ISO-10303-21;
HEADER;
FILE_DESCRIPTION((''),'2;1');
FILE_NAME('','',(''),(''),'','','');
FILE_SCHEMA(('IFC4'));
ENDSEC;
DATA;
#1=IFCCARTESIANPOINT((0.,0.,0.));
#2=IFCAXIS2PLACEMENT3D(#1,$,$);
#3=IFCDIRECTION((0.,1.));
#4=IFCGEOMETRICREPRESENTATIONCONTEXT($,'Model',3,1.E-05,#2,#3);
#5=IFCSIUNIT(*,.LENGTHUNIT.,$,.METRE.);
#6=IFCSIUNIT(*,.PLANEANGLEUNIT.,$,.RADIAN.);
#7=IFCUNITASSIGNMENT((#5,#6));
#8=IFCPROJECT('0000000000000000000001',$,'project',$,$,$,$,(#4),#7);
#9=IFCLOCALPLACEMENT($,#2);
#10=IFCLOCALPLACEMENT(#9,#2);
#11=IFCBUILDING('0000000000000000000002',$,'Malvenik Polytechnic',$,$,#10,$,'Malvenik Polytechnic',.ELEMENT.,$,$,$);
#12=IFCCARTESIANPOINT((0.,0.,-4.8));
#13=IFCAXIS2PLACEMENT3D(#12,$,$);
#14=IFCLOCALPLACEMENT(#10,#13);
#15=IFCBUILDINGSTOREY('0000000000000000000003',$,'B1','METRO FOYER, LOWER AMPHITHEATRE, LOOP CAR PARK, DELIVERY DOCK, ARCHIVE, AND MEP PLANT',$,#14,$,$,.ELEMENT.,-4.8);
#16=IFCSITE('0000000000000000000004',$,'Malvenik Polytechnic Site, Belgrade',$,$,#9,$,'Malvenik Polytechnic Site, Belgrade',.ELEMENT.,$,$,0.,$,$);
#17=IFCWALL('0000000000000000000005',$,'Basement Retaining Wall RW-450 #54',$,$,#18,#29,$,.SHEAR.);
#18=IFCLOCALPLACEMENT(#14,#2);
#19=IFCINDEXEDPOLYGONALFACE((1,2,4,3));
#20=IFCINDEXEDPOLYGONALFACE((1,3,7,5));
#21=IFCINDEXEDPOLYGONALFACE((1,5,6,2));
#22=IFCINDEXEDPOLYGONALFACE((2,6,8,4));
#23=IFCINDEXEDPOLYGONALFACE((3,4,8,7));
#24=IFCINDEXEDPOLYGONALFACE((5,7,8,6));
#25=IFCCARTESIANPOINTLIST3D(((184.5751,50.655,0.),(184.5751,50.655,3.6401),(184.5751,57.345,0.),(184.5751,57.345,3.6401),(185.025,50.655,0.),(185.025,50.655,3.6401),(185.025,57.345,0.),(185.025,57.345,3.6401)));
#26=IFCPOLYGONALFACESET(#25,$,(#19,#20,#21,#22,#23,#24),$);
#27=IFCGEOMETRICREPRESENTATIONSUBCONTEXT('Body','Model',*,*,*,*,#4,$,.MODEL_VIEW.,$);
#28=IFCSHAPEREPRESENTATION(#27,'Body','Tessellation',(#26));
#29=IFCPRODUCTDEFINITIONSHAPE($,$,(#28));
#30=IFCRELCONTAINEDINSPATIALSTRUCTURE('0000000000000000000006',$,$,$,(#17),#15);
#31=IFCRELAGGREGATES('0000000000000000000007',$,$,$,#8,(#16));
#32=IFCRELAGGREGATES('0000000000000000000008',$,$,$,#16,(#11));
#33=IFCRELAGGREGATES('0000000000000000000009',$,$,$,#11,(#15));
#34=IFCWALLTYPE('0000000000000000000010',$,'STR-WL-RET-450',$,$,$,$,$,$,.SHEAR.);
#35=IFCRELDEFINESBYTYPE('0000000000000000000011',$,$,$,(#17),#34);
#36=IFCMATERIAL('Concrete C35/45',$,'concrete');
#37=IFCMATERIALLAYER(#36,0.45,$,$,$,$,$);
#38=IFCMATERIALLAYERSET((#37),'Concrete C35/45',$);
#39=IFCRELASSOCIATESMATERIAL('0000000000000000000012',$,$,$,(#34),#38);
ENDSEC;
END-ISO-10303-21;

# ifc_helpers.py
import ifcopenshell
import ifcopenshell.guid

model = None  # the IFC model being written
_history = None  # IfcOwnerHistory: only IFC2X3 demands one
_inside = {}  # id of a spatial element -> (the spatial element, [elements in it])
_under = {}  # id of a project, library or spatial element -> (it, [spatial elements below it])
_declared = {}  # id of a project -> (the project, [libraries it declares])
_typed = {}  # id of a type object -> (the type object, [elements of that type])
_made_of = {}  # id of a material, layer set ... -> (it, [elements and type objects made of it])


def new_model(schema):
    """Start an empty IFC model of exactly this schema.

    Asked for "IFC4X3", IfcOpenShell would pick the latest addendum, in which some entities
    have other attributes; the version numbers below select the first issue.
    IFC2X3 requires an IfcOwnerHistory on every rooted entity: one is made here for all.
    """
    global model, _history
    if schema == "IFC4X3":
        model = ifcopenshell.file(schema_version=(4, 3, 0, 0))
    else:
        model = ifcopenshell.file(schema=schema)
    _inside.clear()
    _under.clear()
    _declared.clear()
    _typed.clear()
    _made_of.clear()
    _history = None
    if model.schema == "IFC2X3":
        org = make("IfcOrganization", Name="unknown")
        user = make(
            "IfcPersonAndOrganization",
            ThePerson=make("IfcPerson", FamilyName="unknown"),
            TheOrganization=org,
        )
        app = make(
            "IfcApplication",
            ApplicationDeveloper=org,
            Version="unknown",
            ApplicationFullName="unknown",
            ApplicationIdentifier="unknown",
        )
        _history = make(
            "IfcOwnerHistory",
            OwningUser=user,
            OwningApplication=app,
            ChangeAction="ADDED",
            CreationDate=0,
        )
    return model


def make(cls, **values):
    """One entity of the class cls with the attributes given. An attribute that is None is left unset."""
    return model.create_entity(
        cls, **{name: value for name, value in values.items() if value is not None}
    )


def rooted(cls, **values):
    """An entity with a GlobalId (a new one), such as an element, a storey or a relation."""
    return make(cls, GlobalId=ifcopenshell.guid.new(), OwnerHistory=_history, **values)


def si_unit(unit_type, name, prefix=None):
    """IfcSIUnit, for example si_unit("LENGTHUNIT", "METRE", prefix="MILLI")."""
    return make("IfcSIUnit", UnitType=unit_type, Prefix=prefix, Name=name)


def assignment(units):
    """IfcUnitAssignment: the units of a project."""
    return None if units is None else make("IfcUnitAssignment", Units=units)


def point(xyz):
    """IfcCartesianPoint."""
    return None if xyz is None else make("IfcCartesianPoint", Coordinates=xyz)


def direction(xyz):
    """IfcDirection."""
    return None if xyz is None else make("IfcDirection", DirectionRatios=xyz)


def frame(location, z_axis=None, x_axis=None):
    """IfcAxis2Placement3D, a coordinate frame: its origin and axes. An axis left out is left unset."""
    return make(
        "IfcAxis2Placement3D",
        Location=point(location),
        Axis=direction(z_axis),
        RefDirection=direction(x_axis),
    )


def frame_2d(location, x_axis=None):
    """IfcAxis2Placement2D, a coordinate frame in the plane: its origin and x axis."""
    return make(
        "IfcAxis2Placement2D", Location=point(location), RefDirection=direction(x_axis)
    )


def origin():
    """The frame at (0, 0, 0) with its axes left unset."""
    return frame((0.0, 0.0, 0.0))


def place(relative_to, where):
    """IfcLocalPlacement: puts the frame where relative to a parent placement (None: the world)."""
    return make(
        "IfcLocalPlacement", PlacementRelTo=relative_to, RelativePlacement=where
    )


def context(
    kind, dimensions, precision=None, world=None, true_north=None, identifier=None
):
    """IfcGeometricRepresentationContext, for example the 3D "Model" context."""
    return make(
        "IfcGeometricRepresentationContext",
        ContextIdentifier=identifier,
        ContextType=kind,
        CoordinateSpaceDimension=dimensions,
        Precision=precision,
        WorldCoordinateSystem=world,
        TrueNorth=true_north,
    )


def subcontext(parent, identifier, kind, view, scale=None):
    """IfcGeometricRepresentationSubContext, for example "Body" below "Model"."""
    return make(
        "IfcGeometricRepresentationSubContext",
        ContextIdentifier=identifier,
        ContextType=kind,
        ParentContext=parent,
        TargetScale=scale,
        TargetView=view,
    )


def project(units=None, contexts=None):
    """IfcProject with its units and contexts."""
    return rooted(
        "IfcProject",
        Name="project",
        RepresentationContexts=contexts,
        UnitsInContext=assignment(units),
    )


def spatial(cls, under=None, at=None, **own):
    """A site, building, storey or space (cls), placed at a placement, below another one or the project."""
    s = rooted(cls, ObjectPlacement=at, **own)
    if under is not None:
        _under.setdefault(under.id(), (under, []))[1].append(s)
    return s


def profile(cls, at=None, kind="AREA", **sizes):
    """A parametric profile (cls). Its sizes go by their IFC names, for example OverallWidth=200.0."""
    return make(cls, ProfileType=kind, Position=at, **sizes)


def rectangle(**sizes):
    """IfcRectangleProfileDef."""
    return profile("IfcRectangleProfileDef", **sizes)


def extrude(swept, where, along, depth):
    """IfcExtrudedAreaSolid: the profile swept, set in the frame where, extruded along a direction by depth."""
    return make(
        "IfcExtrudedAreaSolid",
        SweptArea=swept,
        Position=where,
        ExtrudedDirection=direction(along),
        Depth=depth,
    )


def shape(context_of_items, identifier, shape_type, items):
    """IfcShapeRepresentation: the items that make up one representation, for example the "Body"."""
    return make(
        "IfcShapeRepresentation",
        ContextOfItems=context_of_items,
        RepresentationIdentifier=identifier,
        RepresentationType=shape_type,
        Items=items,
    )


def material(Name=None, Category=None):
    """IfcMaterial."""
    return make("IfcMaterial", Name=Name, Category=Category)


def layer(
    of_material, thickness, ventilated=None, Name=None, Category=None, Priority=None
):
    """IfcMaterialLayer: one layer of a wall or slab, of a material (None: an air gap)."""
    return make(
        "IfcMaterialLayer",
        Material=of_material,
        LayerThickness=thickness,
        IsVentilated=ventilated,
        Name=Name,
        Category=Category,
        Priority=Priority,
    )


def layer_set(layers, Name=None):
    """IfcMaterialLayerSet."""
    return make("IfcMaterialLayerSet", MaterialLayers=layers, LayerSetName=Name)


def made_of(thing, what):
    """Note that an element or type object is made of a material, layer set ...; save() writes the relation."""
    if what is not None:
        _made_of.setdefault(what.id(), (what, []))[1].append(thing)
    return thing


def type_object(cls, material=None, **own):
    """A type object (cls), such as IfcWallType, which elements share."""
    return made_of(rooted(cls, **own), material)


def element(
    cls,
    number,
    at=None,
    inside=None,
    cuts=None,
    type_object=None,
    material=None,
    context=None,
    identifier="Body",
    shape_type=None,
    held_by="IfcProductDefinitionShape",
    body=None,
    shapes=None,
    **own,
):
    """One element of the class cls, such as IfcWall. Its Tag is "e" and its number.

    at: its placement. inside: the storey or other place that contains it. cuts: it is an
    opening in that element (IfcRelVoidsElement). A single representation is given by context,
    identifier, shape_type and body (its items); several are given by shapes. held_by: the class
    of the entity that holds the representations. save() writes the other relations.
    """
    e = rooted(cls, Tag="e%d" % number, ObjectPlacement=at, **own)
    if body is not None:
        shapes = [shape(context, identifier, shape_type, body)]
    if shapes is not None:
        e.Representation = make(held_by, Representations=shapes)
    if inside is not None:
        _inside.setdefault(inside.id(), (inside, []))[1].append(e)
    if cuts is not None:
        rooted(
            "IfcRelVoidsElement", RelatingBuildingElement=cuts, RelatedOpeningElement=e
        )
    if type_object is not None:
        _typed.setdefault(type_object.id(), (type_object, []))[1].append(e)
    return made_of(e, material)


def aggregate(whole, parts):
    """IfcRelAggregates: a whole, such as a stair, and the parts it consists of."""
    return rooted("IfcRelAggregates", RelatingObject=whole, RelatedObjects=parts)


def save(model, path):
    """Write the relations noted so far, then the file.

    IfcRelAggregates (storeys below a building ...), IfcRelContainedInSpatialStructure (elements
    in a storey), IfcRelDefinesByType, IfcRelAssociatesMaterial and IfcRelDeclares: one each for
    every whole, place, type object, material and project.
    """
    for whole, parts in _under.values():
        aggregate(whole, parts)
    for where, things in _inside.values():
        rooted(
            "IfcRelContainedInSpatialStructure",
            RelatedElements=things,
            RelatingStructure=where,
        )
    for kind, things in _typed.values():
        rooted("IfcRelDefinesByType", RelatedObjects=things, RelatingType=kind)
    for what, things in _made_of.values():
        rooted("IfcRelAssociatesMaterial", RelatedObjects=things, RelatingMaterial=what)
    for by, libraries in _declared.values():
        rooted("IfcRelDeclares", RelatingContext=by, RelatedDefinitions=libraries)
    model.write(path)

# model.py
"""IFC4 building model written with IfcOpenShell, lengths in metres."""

from ifc_helpers import new_model, si_unit, direction, frame, frame_2d, origin, place, context, subcontext, project, spatial, rectangle, extrude, material, layer, layer_set, type_object, element, save


model = new_model("IFC4")

# Units and contexts
model_context = context("Model", 3, precision=1e-05, world=origin(), true_north=direction((0.0, 1.0)))
body_context = subcontext(model_context, "Body", "Model", "MODEL_VIEW")
ifc_project = project(units=[si_unit("LENGTHUNIT", "METRE"), si_unit("PLANEANGLEUNIT", "RADIAN")], contexts=[model_context])

# Site, building, storey
site_placement = place(None, origin())
site = spatial("IfcSite", under=ifc_project, at=site_placement, Name="Malvenik Polytechnic Site, Belgrade", LongName="Malvenik Polytechnic Site, Belgrade", CompositionType="ELEMENT", RefElevation=0.0)
building_placement = place(site_placement, origin())
building = spatial("IfcBuilding", under=site, at=building_placement, Name="Malvenik Polytechnic", LongName="Malvenik Polytechnic", CompositionType="ELEMENT")
storey_placement = place(building_placement, frame((0.0, 0.0, -4.8)))
storey = spatial("IfcBuildingStorey", under=building, at=storey_placement, Name="B1", Description="METRO FOYER, LOWER AMPHITHEATRE, LOOP CAR PARK, DELIVERY DOCK, ARCHIVE, AND MEP PLANT", CompositionType="ELEMENT", Elevation=-4.8)

# Shared definitions
ifc_material = material(Name="Concrete C35/45", Category="concrete")

# Wall
ifc_layer = layer(ifc_material, 0.45)
ifc_layer_set = layer_set([ifc_layer], Name="Concrete C35/45")
wall_type = type_object("IfcWallType", Name="STR-WL-RET-450", PredefinedType="SHEAR", material=ifc_layer_set)
for number, where, z_axis, x_axis, name in (
    (1, (184.8, 50.655, 0.0), (0.0, 0.0, 1.0), (0.0, 1.0, 0.0), "Basement Retaining Wall RW-450 #54"),
):
    element("IfcWall", number, at=place(storey_placement, frame(where, z_axis=z_axis, x_axis=x_axis)), inside=storey, type_object=wall_type, Name=name, PredefinedType="SHEAR", context=body_context, shape_type="SweptSolid", body=[
        extrude(rectangle(XDim=6.6899, YDim=0.45, at=frame_2d((3.345, 0.0))), origin(), (0.0, 0.0, 1.0), 3.6401),
    ])

save(model, "model.ifc")
